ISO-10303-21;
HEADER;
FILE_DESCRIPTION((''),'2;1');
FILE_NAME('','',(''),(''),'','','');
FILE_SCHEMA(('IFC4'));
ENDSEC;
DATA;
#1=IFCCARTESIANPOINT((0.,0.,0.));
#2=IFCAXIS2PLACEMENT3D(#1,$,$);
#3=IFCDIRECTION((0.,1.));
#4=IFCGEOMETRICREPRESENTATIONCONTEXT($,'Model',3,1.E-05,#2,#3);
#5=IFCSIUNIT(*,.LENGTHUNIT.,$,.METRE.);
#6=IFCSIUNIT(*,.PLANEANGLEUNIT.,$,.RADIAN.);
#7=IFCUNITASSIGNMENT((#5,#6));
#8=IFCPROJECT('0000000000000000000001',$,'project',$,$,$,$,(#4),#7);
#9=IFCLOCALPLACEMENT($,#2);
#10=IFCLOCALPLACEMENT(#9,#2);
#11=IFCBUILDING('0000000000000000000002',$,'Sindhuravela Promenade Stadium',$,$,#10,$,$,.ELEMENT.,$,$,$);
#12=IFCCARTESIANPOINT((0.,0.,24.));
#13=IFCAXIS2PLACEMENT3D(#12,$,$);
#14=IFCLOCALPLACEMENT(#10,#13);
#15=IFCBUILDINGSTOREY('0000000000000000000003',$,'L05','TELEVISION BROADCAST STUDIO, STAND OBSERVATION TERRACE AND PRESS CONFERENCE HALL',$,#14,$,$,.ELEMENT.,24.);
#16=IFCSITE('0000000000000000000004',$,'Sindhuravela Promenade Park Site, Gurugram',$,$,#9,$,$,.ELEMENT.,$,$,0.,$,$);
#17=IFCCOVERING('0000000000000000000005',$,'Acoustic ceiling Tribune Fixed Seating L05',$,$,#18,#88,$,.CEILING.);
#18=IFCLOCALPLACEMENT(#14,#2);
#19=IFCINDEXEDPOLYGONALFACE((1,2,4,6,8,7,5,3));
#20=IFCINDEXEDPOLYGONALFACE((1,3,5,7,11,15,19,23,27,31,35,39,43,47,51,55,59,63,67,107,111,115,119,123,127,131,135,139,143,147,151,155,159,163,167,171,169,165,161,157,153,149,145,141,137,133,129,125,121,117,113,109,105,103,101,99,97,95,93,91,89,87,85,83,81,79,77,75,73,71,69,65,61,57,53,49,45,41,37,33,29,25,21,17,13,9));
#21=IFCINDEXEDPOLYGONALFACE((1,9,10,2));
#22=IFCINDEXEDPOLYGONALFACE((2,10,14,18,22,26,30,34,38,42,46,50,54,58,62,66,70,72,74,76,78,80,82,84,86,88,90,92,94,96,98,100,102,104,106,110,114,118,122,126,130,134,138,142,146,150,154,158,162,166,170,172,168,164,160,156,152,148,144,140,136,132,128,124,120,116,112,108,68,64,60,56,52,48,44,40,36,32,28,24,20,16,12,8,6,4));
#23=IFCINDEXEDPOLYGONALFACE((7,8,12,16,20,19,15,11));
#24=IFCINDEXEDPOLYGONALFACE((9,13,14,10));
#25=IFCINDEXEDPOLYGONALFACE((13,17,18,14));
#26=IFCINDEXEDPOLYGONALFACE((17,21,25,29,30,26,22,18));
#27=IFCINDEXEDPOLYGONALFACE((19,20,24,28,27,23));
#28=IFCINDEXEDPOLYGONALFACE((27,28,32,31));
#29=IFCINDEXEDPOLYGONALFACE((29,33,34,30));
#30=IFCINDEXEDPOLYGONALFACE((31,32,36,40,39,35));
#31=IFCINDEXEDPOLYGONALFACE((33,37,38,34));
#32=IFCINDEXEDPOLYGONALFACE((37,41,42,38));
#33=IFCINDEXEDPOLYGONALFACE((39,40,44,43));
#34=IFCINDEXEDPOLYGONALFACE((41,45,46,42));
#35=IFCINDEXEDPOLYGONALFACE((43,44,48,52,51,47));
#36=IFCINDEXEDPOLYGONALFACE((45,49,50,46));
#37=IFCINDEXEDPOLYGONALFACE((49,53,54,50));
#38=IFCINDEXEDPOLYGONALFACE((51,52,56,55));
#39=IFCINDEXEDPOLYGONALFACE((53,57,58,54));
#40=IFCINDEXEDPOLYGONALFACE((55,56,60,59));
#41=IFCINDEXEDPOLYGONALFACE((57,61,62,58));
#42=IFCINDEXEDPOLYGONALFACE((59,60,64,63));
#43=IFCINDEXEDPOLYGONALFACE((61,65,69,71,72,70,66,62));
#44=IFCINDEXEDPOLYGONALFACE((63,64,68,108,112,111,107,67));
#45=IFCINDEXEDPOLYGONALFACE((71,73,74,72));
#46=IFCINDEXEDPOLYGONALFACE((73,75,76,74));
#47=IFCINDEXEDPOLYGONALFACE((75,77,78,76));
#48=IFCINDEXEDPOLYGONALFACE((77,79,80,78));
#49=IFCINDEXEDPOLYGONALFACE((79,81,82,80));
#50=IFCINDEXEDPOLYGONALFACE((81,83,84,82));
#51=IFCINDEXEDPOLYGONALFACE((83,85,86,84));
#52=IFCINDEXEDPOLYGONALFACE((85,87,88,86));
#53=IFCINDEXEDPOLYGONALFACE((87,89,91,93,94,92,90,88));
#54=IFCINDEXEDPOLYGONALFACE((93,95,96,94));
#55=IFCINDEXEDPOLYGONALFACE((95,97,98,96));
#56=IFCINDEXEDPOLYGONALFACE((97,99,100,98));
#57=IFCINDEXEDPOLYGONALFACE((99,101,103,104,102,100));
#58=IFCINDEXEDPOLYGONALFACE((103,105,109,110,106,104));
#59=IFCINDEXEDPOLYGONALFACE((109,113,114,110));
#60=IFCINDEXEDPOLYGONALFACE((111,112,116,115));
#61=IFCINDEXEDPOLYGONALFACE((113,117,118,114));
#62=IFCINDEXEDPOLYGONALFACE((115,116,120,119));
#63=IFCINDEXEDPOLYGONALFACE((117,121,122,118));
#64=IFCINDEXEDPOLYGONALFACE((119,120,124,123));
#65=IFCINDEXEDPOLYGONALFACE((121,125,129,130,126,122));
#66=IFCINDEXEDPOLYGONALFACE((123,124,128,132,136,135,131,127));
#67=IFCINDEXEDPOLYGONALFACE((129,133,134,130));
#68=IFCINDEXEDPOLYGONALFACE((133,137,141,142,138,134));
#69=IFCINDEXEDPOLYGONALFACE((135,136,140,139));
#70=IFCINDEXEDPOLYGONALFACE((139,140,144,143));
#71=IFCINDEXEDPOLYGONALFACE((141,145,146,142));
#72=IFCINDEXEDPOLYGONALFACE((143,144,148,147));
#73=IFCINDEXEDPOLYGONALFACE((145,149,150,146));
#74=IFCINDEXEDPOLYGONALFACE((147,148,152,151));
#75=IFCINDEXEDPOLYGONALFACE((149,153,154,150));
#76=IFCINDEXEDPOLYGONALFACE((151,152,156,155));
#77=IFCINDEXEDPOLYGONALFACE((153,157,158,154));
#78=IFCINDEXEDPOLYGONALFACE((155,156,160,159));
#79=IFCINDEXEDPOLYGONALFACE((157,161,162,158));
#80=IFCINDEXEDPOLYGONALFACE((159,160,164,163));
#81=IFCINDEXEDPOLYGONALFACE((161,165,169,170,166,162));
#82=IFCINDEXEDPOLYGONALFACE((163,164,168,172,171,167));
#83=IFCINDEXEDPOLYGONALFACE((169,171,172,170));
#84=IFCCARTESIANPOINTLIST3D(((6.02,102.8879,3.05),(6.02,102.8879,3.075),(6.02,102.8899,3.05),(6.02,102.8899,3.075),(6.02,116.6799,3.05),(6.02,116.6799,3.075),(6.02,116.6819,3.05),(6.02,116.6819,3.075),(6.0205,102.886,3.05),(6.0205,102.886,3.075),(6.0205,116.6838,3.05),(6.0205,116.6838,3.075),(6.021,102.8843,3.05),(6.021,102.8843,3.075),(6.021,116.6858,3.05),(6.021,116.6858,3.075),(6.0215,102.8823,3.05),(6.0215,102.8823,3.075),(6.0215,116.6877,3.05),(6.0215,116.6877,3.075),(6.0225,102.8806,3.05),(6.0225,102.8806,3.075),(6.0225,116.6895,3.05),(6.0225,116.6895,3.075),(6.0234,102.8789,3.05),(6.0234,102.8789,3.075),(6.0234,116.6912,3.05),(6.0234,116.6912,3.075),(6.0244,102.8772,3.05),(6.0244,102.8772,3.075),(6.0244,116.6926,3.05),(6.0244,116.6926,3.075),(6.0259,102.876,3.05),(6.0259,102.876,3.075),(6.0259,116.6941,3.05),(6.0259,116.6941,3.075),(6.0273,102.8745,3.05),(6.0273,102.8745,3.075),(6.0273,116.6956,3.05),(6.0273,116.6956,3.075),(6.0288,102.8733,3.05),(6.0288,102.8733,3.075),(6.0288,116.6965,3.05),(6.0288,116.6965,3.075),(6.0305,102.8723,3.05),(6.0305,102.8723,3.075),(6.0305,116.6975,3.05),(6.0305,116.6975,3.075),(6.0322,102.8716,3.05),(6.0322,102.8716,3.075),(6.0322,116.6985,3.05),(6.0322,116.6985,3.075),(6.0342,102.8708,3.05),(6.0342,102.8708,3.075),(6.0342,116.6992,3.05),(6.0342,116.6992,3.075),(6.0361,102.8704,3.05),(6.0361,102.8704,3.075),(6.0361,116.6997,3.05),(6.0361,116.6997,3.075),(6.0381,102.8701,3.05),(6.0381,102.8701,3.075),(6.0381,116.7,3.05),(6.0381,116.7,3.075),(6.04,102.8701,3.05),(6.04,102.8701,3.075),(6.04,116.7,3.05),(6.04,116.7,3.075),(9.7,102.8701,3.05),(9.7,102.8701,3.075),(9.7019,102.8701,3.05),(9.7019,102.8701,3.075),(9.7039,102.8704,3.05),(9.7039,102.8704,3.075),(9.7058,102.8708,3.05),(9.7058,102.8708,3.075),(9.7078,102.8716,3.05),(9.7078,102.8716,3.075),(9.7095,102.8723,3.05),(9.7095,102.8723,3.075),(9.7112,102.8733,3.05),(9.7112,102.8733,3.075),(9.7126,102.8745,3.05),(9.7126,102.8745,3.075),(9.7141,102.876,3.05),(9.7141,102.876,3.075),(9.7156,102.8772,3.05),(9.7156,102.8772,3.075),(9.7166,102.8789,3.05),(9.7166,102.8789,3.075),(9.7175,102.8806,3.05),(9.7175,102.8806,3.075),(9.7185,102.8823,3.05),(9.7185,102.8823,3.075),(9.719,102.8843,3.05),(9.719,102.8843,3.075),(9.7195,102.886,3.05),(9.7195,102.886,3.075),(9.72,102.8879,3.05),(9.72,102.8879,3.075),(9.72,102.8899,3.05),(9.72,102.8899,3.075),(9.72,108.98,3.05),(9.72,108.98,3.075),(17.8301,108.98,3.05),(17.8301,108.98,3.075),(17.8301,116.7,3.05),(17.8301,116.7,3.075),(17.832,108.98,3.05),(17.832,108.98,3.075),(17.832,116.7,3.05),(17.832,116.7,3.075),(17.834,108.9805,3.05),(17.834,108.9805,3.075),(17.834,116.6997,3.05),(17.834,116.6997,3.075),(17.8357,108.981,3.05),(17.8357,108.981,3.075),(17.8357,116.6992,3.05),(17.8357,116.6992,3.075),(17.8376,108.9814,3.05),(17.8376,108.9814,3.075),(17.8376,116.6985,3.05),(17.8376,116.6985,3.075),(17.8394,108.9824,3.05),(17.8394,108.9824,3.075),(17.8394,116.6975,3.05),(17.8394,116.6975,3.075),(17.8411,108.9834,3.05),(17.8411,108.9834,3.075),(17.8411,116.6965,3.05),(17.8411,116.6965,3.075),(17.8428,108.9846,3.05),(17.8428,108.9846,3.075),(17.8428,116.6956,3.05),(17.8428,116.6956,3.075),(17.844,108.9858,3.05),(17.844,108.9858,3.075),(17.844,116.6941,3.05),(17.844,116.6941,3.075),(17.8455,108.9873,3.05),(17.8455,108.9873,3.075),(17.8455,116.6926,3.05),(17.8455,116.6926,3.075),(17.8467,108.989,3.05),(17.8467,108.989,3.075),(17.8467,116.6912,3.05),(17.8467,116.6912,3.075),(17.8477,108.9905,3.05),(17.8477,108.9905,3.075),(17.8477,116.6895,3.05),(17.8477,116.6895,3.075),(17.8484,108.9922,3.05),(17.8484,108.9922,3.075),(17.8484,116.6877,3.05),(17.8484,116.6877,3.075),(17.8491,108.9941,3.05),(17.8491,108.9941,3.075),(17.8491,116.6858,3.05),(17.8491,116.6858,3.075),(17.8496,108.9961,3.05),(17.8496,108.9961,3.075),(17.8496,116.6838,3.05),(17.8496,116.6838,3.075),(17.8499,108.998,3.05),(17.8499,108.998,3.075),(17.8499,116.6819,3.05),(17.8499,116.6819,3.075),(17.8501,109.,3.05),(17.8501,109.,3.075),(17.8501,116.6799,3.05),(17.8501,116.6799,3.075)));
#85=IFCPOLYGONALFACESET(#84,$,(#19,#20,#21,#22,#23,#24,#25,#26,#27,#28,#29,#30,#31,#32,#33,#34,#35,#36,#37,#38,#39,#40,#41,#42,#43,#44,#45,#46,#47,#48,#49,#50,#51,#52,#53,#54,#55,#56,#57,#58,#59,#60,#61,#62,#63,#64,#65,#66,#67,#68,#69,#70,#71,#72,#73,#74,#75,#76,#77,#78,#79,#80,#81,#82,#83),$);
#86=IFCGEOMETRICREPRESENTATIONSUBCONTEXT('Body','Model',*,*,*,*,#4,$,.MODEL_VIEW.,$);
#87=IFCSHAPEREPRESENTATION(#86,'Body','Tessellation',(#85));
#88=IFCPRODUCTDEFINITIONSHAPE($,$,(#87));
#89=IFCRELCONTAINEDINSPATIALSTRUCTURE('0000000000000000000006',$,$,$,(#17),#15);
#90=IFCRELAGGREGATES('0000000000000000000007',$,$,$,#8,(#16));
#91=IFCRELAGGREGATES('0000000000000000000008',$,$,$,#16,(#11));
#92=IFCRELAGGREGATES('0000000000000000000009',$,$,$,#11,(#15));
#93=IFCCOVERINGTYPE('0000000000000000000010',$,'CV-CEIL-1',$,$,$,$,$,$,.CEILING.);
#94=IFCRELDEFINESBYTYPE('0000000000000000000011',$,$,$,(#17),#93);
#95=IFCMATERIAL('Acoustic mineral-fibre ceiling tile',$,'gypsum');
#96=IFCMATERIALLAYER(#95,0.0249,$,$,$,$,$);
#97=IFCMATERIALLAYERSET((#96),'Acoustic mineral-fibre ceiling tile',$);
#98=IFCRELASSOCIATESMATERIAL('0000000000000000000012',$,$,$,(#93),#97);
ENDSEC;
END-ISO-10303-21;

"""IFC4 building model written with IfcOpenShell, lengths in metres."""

from ifc_helpers import new_model, si_unit, direction, frame, origin, place, context, subcontext, project, spatial, polyline, outline, extrude, material, layer, layer_set, type_object, element, save


model = new_model("IFC4")

# Units and contexts
model_context = context("Model", 3, precision=1e-05, world=origin(), true_north=direction((0.0, 1.0)))
body_context = subcontext(model_context, "Body", "Model", "MODEL_VIEW")
ifc_project = project(units=[si_unit("LENGTHUNIT", "METRE"), si_unit("PLANEANGLEUNIT", "RADIAN")], contexts=[model_context])

# Site, building, storey
site_placement = place(None, origin())
site = spatial("IfcSite", under=ifc_project, at=site_placement, Name="Sindhuravela Promenade Park Site, Gurugram", CompositionType="ELEMENT", RefElevation=0.0)
building_placement = place(site_placement, origin())
building = spatial("IfcBuilding", under=site, at=building_placement, Name="Sindhuravela Promenade Stadium", CompositionType="ELEMENT")
storey_placement = place(building_placement, frame((0.0, 0.0, 24.0)))
storey = spatial("IfcBuildingStorey", under=building, at=storey_placement, Name="L05", Description="TELEVISION BROADCAST STUDIO, STAND OBSERVATION TERRACE AND PRESS CONFERENCE HALL", CompositionType="ELEMENT", Elevation=24.0)

# Covering
ifc_material_1 = material(Name="Acoustic mineral-fibre ceiling tile", Category="gypsum")
ifc_layer_1 = layer(ifc_material_1, 0.0249)
ifc_layer_set_1 = layer_set([ifc_layer_1], Name="Acoustic mineral-fibre ceiling tile")
covering_type_1 = type_object("IfcCoveringType", Name="CV-CEIL-1", PredefinedType="CEILING", material=ifc_layer_set_1)
covering_1_placement = place(storey_placement, frame((0.0, 0.0, 3.05)))
element("IfcCovering", 1, at=covering_1_placement, inside=storey, type_object=covering_type_1, Name="Acoustic ceiling Tribune Fixed Seating L05", PredefinedType="CEILING", context=body_context, shape_type="SweptSolid", body=[
    extrude(outline(polyline([(9.72, 108.98), (9.72, 102.8899), (9.72, 102.8879), (9.7195, 102.886), (9.719, 102.8843), (9.7185, 102.8823), (9.7175, 102.8806), (9.7166, 102.8789), (9.7156, 102.8772), (9.7141, 102.876), (9.7126, 102.8745), (9.7112, 102.8733), (9.7095, 102.8723), (9.7078, 102.8716), (9.7058, 102.8708), (9.7039, 102.8704), (9.7019, 102.8701), (9.7, 102.8701), (6.04, 102.8701), (6.0381, 102.8701), (6.0361, 102.8704), (6.0342, 102.8708), (6.0322, 102.8716), (6.0305, 102.8723), (6.0288, 102.8733), (6.0273, 102.8745), (6.0259, 102.876), (6.0244, 102.8772), (6.0234, 102.8789), (6.0225, 102.8806), (6.0215, 102.8823), (6.021, 102.8843), (6.0205, 102.886), (6.02, 102.8879), (6.02, 102.8899), (6.02, 116.6799), (6.02, 116.6819), (6.0205, 116.6838), (6.021, 116.6858), (6.0215, 116.6877), (6.0225, 116.6895), (6.0234, 116.6912), (6.0244, 116.6926), (6.0259, 116.6941), (6.0273, 116.6956), (6.0288, 116.6965), (6.0305, 116.6975), (6.0322, 116.6985), (6.0342, 116.6992), (6.0361, 116.6997), (6.0381, 116.7), (6.04, 116.7), (17.8301, 116.7), (17.832, 116.7), (17.834, 116.6997), (17.8357, 116.6992), (17.8376, 116.6985), (17.8394, 116.6975), (17.8411, 116.6965), (17.8428, 116.6956), (17.844, 116.6941), (17.8455, 116.6926), (17.8467, 116.6912), (17.8477, 116.6895), (17.8484, 116.6877), (17.8491, 116.6858), (17.8496, 116.6838), (17.8499, 116.6819), (17.8501, 116.6799), (17.8501, 109.0), (17.8499, 108.998), (17.8496, 108.9961), (17.8491, 108.9941), (17.8484, 108.9922), (17.8477, 108.9905), (17.8467, 108.989), (17.8455, 108.9873), (17.844, 108.9858), (17.8428, 108.9846), (17.8411, 108.9834), (17.8394, 108.9824), (17.8376, 108.9814), (17.8357, 108.981), (17.834, 108.9805), (17.832, 108.98), (17.8301, 108.98), (9.72, 108.98)])), origin(), (0.0, 0.0, 1.0), 0.0249),
])

save(model, "model.ifc")
